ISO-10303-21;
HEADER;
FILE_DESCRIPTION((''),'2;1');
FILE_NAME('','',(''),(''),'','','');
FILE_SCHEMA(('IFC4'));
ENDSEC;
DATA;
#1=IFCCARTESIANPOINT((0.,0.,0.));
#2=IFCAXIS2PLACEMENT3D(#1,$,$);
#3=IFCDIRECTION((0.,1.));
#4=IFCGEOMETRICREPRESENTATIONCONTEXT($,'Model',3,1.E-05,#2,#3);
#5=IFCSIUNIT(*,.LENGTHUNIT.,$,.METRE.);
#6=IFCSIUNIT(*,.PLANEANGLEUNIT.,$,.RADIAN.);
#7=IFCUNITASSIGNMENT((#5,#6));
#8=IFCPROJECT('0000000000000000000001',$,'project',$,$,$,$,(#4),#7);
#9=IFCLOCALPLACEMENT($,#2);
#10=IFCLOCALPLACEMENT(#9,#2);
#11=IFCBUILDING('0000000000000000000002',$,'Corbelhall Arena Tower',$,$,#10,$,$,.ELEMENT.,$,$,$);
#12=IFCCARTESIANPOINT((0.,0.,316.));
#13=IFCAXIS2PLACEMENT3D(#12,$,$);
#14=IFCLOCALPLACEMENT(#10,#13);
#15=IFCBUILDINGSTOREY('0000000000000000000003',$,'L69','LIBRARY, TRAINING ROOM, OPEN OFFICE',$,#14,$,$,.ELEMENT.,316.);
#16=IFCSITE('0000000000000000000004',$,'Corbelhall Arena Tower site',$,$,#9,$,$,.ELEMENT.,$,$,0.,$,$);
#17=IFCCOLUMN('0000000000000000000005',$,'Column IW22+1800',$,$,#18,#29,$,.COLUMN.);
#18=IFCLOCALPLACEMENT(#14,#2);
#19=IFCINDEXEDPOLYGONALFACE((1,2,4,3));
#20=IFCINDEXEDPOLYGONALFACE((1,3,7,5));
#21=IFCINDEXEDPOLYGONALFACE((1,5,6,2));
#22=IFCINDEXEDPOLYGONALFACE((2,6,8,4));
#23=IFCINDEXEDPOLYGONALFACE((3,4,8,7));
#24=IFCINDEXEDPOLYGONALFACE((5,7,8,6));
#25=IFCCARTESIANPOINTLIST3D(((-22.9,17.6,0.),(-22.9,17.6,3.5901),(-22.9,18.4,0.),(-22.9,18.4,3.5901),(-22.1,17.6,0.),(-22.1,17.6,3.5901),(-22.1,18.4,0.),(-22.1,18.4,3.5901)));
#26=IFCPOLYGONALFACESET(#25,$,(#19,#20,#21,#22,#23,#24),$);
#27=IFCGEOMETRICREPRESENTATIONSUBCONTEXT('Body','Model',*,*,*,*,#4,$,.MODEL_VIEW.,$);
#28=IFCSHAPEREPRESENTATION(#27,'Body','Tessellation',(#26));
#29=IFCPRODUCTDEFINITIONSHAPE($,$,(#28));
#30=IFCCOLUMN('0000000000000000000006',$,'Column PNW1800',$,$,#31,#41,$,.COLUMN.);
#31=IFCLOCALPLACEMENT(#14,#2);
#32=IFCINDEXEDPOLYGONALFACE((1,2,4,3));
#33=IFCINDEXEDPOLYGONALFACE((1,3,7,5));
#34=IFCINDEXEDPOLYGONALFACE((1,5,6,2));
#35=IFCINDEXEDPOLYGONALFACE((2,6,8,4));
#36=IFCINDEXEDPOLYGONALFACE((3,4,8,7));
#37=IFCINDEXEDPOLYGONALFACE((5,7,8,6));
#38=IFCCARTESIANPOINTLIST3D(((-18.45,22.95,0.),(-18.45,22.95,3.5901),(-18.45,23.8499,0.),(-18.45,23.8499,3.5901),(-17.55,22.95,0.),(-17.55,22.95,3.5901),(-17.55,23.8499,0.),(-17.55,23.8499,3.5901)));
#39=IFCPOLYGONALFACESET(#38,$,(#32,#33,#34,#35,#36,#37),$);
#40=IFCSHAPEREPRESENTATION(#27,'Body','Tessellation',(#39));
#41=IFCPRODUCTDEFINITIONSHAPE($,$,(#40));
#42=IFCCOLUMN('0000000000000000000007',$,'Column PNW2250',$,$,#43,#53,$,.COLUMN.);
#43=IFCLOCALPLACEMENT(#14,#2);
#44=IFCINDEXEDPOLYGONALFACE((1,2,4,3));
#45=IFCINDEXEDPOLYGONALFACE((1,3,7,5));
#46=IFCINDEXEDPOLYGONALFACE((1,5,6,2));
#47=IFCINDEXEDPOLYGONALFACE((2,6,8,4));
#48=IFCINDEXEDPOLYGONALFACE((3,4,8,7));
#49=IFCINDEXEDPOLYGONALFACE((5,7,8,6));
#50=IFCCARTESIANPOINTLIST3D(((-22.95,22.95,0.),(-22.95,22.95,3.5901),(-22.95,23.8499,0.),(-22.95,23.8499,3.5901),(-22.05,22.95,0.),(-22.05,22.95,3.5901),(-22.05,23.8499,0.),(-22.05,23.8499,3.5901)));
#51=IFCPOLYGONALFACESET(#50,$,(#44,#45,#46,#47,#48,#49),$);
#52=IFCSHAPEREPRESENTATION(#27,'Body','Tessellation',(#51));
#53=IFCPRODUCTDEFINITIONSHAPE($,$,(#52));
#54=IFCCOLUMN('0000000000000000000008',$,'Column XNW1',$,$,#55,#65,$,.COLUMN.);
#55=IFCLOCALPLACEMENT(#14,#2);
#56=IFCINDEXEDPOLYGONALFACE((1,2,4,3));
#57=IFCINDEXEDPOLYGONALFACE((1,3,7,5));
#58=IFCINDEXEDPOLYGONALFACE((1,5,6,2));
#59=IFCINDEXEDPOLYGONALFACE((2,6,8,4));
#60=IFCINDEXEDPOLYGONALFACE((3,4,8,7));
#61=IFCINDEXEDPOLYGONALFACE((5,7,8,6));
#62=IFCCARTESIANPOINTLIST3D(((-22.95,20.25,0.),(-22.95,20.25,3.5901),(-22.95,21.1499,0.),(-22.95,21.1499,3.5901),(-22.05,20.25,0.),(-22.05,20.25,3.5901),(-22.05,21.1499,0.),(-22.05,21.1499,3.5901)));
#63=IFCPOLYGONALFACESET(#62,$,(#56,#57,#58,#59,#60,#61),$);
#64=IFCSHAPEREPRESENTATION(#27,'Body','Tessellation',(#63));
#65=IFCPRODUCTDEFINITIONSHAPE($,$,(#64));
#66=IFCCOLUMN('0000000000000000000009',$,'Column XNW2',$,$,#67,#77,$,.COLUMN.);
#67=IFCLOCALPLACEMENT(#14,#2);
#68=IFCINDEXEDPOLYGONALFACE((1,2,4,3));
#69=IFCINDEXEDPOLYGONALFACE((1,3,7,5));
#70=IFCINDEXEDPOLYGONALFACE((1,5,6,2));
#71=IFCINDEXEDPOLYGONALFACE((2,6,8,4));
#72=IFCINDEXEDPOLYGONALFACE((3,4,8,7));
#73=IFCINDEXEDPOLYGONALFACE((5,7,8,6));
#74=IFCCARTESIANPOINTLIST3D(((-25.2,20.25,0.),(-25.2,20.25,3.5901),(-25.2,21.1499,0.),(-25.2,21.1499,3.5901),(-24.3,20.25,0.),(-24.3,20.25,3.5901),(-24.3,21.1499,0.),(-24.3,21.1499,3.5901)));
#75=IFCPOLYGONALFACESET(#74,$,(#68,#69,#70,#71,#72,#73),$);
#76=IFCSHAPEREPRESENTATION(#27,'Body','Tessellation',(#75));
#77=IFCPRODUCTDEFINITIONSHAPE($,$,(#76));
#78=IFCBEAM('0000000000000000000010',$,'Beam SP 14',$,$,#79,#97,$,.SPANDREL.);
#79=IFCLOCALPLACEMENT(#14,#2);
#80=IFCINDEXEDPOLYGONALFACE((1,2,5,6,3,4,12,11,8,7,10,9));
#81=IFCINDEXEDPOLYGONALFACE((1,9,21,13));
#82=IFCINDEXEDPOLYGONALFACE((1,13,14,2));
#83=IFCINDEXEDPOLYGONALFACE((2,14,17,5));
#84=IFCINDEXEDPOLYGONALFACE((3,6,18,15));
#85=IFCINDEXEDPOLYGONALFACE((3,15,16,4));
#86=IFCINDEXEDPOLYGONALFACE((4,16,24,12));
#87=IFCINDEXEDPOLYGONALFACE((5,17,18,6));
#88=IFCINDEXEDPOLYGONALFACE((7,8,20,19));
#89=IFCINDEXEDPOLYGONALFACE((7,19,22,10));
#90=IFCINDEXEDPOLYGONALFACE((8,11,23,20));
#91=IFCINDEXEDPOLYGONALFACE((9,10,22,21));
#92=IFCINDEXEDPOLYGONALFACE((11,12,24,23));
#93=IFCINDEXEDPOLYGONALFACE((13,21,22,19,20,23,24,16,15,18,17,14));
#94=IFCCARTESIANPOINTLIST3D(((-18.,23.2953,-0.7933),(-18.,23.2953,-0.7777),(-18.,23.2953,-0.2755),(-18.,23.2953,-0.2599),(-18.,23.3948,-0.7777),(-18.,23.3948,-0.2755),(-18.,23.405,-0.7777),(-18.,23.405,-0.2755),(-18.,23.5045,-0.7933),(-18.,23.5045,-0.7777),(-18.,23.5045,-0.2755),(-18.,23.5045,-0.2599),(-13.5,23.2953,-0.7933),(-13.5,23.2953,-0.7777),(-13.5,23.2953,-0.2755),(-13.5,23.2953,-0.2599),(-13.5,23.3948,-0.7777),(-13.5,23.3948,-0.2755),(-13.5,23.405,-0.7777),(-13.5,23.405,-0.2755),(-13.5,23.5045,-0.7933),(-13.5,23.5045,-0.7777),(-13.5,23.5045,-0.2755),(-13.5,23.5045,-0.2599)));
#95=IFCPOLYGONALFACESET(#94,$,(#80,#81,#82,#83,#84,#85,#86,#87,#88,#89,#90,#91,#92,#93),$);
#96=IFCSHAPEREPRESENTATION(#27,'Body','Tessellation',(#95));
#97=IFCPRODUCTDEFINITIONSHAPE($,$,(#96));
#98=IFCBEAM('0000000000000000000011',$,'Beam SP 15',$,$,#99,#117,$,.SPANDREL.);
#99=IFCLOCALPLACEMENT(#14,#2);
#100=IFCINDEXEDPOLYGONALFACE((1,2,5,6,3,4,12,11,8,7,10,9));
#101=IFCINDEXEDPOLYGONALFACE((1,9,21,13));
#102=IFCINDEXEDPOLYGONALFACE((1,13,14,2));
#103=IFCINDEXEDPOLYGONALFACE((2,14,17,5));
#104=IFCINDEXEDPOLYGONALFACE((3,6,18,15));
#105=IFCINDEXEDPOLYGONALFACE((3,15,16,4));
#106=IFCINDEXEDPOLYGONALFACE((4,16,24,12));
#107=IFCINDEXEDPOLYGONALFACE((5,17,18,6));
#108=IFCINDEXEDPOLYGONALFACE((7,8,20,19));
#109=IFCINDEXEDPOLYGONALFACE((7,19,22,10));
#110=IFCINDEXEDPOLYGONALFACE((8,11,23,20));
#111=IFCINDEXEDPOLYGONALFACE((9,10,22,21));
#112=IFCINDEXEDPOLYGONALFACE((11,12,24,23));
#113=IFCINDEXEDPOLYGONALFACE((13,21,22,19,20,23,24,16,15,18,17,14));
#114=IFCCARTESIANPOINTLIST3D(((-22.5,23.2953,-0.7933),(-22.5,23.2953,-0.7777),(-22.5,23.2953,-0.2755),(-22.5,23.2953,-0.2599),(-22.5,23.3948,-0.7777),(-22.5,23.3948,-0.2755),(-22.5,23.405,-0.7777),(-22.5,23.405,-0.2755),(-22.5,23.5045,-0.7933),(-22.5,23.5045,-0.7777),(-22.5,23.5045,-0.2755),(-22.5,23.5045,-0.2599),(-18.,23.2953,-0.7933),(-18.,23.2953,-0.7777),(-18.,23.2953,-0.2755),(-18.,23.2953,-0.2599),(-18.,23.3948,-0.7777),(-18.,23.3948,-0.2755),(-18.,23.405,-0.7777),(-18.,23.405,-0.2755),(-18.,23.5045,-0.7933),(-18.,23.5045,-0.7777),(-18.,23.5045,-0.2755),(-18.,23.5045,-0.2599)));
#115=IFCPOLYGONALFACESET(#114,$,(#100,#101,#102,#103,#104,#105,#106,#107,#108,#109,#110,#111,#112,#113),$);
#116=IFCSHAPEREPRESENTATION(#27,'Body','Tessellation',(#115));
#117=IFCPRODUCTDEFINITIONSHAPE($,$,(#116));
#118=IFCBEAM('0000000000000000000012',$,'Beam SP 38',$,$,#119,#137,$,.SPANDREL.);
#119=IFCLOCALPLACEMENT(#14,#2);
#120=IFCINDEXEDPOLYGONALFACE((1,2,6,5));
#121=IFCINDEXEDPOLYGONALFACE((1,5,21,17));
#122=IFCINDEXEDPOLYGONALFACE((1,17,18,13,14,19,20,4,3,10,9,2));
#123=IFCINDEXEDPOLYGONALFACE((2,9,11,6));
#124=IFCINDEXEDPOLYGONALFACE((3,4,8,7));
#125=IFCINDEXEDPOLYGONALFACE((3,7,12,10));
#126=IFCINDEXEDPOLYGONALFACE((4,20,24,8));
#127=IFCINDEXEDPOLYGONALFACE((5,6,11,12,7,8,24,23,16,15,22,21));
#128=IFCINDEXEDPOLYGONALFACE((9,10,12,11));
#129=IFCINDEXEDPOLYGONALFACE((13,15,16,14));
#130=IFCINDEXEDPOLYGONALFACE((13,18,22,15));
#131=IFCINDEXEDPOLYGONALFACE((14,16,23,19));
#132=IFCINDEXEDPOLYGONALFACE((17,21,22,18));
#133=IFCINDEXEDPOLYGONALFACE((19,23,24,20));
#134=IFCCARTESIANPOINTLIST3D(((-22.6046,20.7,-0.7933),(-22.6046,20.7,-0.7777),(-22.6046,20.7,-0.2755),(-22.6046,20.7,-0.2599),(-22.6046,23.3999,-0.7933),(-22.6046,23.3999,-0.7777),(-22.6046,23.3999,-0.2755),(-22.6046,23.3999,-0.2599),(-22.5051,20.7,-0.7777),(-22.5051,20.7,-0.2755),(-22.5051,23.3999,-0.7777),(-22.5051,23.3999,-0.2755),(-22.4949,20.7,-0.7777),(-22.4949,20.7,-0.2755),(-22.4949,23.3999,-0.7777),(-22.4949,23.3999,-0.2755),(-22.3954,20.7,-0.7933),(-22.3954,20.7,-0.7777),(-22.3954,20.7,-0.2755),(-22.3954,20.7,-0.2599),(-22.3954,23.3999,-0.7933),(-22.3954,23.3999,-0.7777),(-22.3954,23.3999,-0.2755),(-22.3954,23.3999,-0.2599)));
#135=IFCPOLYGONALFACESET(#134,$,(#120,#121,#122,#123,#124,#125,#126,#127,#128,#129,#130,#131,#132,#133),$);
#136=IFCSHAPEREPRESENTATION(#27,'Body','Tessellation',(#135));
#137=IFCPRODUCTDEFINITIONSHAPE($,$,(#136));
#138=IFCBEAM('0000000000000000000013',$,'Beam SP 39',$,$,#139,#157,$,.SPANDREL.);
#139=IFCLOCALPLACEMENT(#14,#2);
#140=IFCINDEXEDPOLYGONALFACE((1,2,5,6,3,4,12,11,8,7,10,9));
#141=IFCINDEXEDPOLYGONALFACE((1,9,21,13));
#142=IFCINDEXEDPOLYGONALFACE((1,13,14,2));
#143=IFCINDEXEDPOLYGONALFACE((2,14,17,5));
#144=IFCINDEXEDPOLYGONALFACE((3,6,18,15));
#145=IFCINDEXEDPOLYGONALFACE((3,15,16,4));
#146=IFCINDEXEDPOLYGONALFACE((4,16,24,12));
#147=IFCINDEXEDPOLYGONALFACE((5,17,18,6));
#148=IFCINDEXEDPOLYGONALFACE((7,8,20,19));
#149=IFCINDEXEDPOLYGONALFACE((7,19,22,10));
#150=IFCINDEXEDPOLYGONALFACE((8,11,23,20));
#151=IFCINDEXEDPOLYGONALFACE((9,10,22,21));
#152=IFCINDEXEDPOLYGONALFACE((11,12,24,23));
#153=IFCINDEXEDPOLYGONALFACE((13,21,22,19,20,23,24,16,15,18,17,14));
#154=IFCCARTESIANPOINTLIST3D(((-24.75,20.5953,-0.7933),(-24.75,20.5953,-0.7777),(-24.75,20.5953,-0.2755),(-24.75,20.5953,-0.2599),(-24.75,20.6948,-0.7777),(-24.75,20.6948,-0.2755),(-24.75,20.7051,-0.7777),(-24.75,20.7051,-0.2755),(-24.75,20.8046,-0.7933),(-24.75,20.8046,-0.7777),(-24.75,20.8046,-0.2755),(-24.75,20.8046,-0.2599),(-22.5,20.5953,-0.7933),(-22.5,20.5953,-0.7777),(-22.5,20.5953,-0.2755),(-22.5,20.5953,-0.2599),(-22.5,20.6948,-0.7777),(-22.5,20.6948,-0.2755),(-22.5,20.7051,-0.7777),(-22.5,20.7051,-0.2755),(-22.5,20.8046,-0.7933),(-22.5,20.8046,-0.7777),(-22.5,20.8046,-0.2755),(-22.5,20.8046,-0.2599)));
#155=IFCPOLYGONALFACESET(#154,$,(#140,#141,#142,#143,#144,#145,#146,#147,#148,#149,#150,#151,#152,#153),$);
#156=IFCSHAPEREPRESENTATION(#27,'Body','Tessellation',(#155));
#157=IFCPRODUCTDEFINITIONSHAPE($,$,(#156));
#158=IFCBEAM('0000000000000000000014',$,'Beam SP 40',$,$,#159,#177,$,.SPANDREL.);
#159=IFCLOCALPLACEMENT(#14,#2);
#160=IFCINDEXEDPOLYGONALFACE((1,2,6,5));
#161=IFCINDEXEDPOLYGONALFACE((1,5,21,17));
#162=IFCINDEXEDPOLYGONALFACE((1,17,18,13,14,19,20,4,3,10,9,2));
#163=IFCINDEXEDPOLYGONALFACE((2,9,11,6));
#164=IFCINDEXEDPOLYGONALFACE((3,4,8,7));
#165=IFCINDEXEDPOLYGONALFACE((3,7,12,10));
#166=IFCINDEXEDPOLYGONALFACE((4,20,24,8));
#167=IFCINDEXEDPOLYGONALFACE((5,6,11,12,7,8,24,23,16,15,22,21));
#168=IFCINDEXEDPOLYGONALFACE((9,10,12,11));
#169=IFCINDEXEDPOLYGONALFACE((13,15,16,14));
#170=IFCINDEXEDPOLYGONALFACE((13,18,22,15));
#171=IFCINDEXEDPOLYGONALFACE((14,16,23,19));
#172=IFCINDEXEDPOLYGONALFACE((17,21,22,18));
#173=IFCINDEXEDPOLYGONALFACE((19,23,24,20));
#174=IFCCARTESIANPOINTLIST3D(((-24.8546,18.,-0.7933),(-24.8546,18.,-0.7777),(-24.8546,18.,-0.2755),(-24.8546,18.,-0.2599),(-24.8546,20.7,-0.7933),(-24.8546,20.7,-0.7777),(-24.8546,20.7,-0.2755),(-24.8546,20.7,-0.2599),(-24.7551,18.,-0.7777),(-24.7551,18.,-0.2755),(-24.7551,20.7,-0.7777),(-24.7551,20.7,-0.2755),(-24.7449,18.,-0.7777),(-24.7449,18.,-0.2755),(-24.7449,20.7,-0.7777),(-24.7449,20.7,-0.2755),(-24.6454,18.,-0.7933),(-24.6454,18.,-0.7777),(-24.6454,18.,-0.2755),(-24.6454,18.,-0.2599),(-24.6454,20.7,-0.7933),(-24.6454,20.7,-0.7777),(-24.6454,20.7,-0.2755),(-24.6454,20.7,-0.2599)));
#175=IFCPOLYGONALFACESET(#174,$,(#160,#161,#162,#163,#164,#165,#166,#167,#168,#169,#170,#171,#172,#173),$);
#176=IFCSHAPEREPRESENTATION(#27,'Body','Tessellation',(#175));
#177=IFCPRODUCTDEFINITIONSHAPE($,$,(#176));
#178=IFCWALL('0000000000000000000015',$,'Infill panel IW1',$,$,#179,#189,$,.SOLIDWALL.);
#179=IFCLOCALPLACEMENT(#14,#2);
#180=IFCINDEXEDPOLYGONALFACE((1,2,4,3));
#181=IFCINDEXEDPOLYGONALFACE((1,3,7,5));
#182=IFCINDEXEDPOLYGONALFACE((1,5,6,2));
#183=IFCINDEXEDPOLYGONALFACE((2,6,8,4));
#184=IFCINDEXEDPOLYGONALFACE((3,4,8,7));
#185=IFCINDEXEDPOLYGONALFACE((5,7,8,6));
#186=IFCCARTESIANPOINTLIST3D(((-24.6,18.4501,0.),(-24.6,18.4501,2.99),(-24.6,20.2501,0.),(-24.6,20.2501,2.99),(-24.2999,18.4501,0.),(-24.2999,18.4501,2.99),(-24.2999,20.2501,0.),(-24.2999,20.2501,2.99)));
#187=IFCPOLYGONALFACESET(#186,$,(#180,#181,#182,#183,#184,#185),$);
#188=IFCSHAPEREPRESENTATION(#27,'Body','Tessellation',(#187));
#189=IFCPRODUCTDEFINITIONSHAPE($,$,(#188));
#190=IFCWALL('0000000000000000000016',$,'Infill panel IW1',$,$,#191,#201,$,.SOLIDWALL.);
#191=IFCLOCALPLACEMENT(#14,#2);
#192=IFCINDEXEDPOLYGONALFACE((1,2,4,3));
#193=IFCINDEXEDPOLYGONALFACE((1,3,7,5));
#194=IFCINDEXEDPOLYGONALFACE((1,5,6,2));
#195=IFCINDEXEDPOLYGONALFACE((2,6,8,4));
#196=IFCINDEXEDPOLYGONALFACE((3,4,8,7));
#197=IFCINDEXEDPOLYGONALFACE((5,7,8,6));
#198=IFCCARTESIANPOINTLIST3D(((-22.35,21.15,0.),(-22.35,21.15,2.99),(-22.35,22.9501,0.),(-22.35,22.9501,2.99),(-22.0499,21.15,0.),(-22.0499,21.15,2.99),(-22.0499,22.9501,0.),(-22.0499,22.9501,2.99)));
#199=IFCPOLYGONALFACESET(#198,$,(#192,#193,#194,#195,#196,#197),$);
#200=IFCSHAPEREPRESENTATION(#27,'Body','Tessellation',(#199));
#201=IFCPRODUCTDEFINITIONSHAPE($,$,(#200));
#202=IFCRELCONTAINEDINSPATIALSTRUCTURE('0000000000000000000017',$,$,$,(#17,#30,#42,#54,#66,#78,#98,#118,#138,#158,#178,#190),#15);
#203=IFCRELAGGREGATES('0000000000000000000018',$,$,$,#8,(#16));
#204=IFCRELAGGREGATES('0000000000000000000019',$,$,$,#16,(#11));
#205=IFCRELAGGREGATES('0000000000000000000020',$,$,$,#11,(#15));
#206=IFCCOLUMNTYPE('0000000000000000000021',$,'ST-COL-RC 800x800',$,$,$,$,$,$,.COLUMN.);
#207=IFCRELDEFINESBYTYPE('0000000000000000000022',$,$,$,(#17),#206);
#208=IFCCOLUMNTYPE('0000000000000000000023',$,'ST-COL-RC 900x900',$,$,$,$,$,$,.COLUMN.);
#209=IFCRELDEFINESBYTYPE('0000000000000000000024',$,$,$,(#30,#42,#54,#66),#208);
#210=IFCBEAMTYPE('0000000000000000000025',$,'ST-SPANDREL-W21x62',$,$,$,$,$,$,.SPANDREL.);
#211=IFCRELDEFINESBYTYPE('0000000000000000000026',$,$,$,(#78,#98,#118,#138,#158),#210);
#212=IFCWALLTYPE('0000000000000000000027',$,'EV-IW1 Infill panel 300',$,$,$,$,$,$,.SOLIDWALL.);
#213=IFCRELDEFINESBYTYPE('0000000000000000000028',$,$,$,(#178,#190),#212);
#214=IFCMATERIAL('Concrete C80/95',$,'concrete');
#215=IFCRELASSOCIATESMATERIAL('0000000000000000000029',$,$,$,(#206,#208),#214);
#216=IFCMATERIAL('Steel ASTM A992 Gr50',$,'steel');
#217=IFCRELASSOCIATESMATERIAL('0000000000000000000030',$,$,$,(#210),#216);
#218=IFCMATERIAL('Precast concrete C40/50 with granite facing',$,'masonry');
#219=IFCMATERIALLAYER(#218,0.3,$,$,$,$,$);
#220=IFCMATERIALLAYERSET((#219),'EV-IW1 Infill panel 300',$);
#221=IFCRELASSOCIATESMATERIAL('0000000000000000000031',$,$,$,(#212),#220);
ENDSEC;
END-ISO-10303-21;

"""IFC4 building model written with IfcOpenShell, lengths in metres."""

from ifc_helpers import new_model, si_unit, direction, frame, frame_2d, origin, origin_2d, place, context, subcontext, project, spatial, rectangle, i_section, extrude, material, layer, layer_set, material_profile, profile_set, type_object, element, save


model = new_model("IFC4")

# Units and contexts
model_context = context("Model", 3, precision=1e-05, world=origin(), true_north=direction((0.0, 1.0)))
body_context = subcontext(model_context, "Body", "Model", "MODEL_VIEW")
ifc_project = project(units=[si_unit("LENGTHUNIT", "METRE"), si_unit("PLANEANGLEUNIT", "RADIAN")], contexts=[model_context])

# Site, building, storey
site_placement = place(None, origin())
site = spatial("IfcSite", under=ifc_project, at=site_placement, Name="Corbelhall Arena Tower site", CompositionType="ELEMENT", RefElevation=0.0)
building_placement = place(site_placement, origin())
building = spatial("IfcBuilding", under=site, at=building_placement, Name="Corbelhall Arena Tower", CompositionType="ELEMENT")
storey_placement = place(building_placement, frame((0.0, 0.0, 316.0)))
storey = spatial("IfcBuildingStorey", under=building, at=storey_placement, Name="L69", Description="LIBRARY, TRAINING ROOM, OPEN OFFICE", CompositionType="ELEMENT", Elevation=316.0)

# Columns
ifc_material_1 = material(Name="Concrete C80/95", Category="concrete")
ifc_material_profile_1 = material_profile(ifc_material_1, rectangle(XDim=0.8, YDim=0.8, at=origin_2d()))
ifc_profile_set_1 = profile_set([ifc_material_profile_1], Name="Concrete C80/95")
column_type_1 = type_object("IfcColumnType", Name="ST-COL-RC 800x800", PredefinedType="COLUMN", material=ifc_profile_set_1)
column_placement = place(storey_placement, frame((-22.5, 18.0, 0.0), z_axis=(0.0, 0.0, 1.0), x_axis=(1.0, 0.0, 0.0)))
element("IfcColumn", 1, at=column_placement, inside=storey, type_object=column_type_1, Name="Column IW22+1800", PredefinedType="COLUMN", context=body_context, shape_type="SweptSolid", body=[
    extrude(rectangle(XDim=0.8, YDim=0.8, at=origin_2d()), origin(), (0.0, 0.0, 1.0), 3.5901),
])
ifc_material_profile_2 = material_profile(ifc_material_1, rectangle(XDim=0.8999, YDim=0.8999, at=origin_2d()))
ifc_profile_set_2 = profile_set([ifc_material_profile_2], Name="Concrete C80/95")
column_type_2 = type_object("IfcColumnType", Name="ST-COL-RC 900x900", PredefinedType="COLUMN", material=ifc_profile_set_2)
for number, where, z_axis, x_axis, name in (
    (2, (-18.0, 23.3999, 0.0), (0.0, 0.0, 1.0), (1.0, 0.0, 0.0), "Column PNW1800"),
    (3, (-22.5, 23.3999, 0.0), (0.0, 0.0, 1.0), (1.0, 0.0, 0.0), "Column PNW2250"),
    (4, (-22.5, 20.7, 0.0), (0.0, 0.0, 1.0), (1.0, 0.0, 0.0), "Column XNW1"),
    (5, (-24.75, 20.7, 0.0), (0.0, 0.0, 1.0), (1.0, 0.0, 0.0), "Column XNW2"),
):
    element("IfcColumn", number, at=place(storey_placement, frame(where, z_axis=z_axis, x_axis=x_axis)), inside=storey, type_object=column_type_2, Name=name, PredefinedType="COLUMN", context=body_context, shape_type="SweptSolid", body=[
        extrude(rectangle(XDim=0.8999, YDim=0.8999, at=origin_2d()), origin(), (0.0, 0.0, 1.0), 3.5901),
    ])

# Beams
ifc_material_2 = material(Name="Steel ASTM A992 Gr50", Category="steel")
ifc_material_profile_3 = material_profile(ifc_material_2, i_section(OverallWidth=0.2092, OverallDepth=0.5334, WebThickness=0.0103, FlangeThickness=0.0156, at=origin_2d()))
ifc_profile_set_3 = profile_set([ifc_material_profile_3], Name="Steel ASTM A992 Gr50")
beam_type = type_object("IfcBeamType", Name="ST-SPANDREL-W21x62", PredefinedType="SPANDREL", material=ifc_profile_set_3)
for number, where, z_axis, x_axis, name in (
    (6, (-18.0, 23.3999, -0.5266), (1.0, 0.0, 0.0), (0.0, 1.0, 0.0), "Beam SP 14"),
    (7, (-22.5, 23.3999, -0.5266), (1.0, 0.0, 0.0), (0.0, 1.0, 0.0), "Beam SP 15"),
):
    element("IfcBeam", number, at=place(storey_placement, frame(where, z_axis=z_axis, x_axis=x_axis)), inside=storey, type_object=beam_type, Name=name, PredefinedType="SPANDREL", context=body_context, shape_type="SweptSolid", body=[
        extrude(i_section(OverallWidth=0.2092, OverallDepth=0.5334, WebThickness=0.0103, FlangeThickness=0.0156, at=origin_2d()), origin(), (0.0, 0.0, 1.0), 4.5),
    ])
beam_1_placement = place(storey_placement, frame((-22.5, 20.7, -0.5266), z_axis=(0.0, 1.0, 0.0), x_axis=(-1.0, 0.0, 0.0)))
element("IfcBeam", 8, at=beam_1_placement, inside=storey, type_object=beam_type, Name="Beam SP 38", PredefinedType="SPANDREL", context=body_context, shape_type="SweptSolid", body=[
    extrude(i_section(OverallWidth=0.2092, OverallDepth=0.5334, WebThickness=0.0103, FlangeThickness=0.0156, at=origin_2d()), origin(), (0.0, 0.0, 1.0), 2.7),
])
beam_2_placement = place(storey_placement, frame((-24.75, 20.7, -0.5266), z_axis=(1.0, 0.0, 0.0), x_axis=(0.0, 1.0, 0.0)))
element("IfcBeam", 9, at=beam_2_placement, inside=storey, type_object=beam_type, Name="Beam SP 39", PredefinedType="SPANDREL", context=body_context, shape_type="SweptSolid", body=[
    extrude(i_section(OverallWidth=0.2092, OverallDepth=0.5334, WebThickness=0.0103, FlangeThickness=0.0156, at=origin_2d()), origin(), (0.0, 0.0, 1.0), 2.25),
])
beam_3_placement = place(storey_placement, frame((-24.75, 18.0, -0.5266), z_axis=(0.0, 1.0, 0.0), x_axis=(-1.0, 0.0, 0.0)))
element("IfcBeam", 10, at=beam_3_placement, inside=storey, type_object=beam_type, Name="Beam SP 40", PredefinedType="SPANDREL", context=body_context, shape_type="SweptSolid", body=[
    extrude(i_section(OverallWidth=0.2092, OverallDepth=0.5334, WebThickness=0.0103, FlangeThickness=0.0156, at=origin_2d()), origin(), (0.0, 0.0, 1.0), 2.7),
])

# Wall
ifc_material_3 = material(Name="Precast concrete C40/50 with granite facing", Category="masonry")
ifc_layer_1 = layer(ifc_material_3, 0.3)
ifc_layer_set_1 = layer_set([ifc_layer_1], Name="EV-IW1 Infill panel 300")
wall_type_1 = type_object("IfcWallType", Name="EV-IW1 Infill panel 300", PredefinedType="SOLIDWALL", material=ifc_layer_set_1)
wall_1_placement = place(storey_placement, frame((-24.45, 20.25, 0.0), z_axis=(0.0, 0.0, 1.0), x_axis=(0.0, -1.0, 0.0)))
element("IfcWall", 11, at=wall_1_placement, inside=storey, type_object=wall_type_1, Name="Infill panel IW1", PredefinedType="SOLIDWALL", context=body_context, shape_type="SweptSolid", body=[
    extrude(rectangle(XDim=1.8, YDim=0.3, at=frame_2d((0.8999, 0.0))), origin(), (0.0, 0.0, 1.0), 2.99),
])

# Wall
wall_2_placement = place(storey_placement, frame((-22.2, 22.95, 0.0), z_axis=(0.0, 0.0, 1.0), x_axis=(0.0, -1.0, 0.0)))
element("IfcWall", 12, at=wall_2_placement, inside=storey, type_object=wall_type_1, Name="Infill panel IW1", PredefinedType="SOLIDWALL", context=body_context, shape_type="SweptSolid", body=[
    extrude(rectangle(XDim=1.8, YDim=0.3, at=frame_2d((0.8999, 0.0))), origin(), (0.0, 0.0, 1.0), 2.99),
])

save(model, "model.ifc")
